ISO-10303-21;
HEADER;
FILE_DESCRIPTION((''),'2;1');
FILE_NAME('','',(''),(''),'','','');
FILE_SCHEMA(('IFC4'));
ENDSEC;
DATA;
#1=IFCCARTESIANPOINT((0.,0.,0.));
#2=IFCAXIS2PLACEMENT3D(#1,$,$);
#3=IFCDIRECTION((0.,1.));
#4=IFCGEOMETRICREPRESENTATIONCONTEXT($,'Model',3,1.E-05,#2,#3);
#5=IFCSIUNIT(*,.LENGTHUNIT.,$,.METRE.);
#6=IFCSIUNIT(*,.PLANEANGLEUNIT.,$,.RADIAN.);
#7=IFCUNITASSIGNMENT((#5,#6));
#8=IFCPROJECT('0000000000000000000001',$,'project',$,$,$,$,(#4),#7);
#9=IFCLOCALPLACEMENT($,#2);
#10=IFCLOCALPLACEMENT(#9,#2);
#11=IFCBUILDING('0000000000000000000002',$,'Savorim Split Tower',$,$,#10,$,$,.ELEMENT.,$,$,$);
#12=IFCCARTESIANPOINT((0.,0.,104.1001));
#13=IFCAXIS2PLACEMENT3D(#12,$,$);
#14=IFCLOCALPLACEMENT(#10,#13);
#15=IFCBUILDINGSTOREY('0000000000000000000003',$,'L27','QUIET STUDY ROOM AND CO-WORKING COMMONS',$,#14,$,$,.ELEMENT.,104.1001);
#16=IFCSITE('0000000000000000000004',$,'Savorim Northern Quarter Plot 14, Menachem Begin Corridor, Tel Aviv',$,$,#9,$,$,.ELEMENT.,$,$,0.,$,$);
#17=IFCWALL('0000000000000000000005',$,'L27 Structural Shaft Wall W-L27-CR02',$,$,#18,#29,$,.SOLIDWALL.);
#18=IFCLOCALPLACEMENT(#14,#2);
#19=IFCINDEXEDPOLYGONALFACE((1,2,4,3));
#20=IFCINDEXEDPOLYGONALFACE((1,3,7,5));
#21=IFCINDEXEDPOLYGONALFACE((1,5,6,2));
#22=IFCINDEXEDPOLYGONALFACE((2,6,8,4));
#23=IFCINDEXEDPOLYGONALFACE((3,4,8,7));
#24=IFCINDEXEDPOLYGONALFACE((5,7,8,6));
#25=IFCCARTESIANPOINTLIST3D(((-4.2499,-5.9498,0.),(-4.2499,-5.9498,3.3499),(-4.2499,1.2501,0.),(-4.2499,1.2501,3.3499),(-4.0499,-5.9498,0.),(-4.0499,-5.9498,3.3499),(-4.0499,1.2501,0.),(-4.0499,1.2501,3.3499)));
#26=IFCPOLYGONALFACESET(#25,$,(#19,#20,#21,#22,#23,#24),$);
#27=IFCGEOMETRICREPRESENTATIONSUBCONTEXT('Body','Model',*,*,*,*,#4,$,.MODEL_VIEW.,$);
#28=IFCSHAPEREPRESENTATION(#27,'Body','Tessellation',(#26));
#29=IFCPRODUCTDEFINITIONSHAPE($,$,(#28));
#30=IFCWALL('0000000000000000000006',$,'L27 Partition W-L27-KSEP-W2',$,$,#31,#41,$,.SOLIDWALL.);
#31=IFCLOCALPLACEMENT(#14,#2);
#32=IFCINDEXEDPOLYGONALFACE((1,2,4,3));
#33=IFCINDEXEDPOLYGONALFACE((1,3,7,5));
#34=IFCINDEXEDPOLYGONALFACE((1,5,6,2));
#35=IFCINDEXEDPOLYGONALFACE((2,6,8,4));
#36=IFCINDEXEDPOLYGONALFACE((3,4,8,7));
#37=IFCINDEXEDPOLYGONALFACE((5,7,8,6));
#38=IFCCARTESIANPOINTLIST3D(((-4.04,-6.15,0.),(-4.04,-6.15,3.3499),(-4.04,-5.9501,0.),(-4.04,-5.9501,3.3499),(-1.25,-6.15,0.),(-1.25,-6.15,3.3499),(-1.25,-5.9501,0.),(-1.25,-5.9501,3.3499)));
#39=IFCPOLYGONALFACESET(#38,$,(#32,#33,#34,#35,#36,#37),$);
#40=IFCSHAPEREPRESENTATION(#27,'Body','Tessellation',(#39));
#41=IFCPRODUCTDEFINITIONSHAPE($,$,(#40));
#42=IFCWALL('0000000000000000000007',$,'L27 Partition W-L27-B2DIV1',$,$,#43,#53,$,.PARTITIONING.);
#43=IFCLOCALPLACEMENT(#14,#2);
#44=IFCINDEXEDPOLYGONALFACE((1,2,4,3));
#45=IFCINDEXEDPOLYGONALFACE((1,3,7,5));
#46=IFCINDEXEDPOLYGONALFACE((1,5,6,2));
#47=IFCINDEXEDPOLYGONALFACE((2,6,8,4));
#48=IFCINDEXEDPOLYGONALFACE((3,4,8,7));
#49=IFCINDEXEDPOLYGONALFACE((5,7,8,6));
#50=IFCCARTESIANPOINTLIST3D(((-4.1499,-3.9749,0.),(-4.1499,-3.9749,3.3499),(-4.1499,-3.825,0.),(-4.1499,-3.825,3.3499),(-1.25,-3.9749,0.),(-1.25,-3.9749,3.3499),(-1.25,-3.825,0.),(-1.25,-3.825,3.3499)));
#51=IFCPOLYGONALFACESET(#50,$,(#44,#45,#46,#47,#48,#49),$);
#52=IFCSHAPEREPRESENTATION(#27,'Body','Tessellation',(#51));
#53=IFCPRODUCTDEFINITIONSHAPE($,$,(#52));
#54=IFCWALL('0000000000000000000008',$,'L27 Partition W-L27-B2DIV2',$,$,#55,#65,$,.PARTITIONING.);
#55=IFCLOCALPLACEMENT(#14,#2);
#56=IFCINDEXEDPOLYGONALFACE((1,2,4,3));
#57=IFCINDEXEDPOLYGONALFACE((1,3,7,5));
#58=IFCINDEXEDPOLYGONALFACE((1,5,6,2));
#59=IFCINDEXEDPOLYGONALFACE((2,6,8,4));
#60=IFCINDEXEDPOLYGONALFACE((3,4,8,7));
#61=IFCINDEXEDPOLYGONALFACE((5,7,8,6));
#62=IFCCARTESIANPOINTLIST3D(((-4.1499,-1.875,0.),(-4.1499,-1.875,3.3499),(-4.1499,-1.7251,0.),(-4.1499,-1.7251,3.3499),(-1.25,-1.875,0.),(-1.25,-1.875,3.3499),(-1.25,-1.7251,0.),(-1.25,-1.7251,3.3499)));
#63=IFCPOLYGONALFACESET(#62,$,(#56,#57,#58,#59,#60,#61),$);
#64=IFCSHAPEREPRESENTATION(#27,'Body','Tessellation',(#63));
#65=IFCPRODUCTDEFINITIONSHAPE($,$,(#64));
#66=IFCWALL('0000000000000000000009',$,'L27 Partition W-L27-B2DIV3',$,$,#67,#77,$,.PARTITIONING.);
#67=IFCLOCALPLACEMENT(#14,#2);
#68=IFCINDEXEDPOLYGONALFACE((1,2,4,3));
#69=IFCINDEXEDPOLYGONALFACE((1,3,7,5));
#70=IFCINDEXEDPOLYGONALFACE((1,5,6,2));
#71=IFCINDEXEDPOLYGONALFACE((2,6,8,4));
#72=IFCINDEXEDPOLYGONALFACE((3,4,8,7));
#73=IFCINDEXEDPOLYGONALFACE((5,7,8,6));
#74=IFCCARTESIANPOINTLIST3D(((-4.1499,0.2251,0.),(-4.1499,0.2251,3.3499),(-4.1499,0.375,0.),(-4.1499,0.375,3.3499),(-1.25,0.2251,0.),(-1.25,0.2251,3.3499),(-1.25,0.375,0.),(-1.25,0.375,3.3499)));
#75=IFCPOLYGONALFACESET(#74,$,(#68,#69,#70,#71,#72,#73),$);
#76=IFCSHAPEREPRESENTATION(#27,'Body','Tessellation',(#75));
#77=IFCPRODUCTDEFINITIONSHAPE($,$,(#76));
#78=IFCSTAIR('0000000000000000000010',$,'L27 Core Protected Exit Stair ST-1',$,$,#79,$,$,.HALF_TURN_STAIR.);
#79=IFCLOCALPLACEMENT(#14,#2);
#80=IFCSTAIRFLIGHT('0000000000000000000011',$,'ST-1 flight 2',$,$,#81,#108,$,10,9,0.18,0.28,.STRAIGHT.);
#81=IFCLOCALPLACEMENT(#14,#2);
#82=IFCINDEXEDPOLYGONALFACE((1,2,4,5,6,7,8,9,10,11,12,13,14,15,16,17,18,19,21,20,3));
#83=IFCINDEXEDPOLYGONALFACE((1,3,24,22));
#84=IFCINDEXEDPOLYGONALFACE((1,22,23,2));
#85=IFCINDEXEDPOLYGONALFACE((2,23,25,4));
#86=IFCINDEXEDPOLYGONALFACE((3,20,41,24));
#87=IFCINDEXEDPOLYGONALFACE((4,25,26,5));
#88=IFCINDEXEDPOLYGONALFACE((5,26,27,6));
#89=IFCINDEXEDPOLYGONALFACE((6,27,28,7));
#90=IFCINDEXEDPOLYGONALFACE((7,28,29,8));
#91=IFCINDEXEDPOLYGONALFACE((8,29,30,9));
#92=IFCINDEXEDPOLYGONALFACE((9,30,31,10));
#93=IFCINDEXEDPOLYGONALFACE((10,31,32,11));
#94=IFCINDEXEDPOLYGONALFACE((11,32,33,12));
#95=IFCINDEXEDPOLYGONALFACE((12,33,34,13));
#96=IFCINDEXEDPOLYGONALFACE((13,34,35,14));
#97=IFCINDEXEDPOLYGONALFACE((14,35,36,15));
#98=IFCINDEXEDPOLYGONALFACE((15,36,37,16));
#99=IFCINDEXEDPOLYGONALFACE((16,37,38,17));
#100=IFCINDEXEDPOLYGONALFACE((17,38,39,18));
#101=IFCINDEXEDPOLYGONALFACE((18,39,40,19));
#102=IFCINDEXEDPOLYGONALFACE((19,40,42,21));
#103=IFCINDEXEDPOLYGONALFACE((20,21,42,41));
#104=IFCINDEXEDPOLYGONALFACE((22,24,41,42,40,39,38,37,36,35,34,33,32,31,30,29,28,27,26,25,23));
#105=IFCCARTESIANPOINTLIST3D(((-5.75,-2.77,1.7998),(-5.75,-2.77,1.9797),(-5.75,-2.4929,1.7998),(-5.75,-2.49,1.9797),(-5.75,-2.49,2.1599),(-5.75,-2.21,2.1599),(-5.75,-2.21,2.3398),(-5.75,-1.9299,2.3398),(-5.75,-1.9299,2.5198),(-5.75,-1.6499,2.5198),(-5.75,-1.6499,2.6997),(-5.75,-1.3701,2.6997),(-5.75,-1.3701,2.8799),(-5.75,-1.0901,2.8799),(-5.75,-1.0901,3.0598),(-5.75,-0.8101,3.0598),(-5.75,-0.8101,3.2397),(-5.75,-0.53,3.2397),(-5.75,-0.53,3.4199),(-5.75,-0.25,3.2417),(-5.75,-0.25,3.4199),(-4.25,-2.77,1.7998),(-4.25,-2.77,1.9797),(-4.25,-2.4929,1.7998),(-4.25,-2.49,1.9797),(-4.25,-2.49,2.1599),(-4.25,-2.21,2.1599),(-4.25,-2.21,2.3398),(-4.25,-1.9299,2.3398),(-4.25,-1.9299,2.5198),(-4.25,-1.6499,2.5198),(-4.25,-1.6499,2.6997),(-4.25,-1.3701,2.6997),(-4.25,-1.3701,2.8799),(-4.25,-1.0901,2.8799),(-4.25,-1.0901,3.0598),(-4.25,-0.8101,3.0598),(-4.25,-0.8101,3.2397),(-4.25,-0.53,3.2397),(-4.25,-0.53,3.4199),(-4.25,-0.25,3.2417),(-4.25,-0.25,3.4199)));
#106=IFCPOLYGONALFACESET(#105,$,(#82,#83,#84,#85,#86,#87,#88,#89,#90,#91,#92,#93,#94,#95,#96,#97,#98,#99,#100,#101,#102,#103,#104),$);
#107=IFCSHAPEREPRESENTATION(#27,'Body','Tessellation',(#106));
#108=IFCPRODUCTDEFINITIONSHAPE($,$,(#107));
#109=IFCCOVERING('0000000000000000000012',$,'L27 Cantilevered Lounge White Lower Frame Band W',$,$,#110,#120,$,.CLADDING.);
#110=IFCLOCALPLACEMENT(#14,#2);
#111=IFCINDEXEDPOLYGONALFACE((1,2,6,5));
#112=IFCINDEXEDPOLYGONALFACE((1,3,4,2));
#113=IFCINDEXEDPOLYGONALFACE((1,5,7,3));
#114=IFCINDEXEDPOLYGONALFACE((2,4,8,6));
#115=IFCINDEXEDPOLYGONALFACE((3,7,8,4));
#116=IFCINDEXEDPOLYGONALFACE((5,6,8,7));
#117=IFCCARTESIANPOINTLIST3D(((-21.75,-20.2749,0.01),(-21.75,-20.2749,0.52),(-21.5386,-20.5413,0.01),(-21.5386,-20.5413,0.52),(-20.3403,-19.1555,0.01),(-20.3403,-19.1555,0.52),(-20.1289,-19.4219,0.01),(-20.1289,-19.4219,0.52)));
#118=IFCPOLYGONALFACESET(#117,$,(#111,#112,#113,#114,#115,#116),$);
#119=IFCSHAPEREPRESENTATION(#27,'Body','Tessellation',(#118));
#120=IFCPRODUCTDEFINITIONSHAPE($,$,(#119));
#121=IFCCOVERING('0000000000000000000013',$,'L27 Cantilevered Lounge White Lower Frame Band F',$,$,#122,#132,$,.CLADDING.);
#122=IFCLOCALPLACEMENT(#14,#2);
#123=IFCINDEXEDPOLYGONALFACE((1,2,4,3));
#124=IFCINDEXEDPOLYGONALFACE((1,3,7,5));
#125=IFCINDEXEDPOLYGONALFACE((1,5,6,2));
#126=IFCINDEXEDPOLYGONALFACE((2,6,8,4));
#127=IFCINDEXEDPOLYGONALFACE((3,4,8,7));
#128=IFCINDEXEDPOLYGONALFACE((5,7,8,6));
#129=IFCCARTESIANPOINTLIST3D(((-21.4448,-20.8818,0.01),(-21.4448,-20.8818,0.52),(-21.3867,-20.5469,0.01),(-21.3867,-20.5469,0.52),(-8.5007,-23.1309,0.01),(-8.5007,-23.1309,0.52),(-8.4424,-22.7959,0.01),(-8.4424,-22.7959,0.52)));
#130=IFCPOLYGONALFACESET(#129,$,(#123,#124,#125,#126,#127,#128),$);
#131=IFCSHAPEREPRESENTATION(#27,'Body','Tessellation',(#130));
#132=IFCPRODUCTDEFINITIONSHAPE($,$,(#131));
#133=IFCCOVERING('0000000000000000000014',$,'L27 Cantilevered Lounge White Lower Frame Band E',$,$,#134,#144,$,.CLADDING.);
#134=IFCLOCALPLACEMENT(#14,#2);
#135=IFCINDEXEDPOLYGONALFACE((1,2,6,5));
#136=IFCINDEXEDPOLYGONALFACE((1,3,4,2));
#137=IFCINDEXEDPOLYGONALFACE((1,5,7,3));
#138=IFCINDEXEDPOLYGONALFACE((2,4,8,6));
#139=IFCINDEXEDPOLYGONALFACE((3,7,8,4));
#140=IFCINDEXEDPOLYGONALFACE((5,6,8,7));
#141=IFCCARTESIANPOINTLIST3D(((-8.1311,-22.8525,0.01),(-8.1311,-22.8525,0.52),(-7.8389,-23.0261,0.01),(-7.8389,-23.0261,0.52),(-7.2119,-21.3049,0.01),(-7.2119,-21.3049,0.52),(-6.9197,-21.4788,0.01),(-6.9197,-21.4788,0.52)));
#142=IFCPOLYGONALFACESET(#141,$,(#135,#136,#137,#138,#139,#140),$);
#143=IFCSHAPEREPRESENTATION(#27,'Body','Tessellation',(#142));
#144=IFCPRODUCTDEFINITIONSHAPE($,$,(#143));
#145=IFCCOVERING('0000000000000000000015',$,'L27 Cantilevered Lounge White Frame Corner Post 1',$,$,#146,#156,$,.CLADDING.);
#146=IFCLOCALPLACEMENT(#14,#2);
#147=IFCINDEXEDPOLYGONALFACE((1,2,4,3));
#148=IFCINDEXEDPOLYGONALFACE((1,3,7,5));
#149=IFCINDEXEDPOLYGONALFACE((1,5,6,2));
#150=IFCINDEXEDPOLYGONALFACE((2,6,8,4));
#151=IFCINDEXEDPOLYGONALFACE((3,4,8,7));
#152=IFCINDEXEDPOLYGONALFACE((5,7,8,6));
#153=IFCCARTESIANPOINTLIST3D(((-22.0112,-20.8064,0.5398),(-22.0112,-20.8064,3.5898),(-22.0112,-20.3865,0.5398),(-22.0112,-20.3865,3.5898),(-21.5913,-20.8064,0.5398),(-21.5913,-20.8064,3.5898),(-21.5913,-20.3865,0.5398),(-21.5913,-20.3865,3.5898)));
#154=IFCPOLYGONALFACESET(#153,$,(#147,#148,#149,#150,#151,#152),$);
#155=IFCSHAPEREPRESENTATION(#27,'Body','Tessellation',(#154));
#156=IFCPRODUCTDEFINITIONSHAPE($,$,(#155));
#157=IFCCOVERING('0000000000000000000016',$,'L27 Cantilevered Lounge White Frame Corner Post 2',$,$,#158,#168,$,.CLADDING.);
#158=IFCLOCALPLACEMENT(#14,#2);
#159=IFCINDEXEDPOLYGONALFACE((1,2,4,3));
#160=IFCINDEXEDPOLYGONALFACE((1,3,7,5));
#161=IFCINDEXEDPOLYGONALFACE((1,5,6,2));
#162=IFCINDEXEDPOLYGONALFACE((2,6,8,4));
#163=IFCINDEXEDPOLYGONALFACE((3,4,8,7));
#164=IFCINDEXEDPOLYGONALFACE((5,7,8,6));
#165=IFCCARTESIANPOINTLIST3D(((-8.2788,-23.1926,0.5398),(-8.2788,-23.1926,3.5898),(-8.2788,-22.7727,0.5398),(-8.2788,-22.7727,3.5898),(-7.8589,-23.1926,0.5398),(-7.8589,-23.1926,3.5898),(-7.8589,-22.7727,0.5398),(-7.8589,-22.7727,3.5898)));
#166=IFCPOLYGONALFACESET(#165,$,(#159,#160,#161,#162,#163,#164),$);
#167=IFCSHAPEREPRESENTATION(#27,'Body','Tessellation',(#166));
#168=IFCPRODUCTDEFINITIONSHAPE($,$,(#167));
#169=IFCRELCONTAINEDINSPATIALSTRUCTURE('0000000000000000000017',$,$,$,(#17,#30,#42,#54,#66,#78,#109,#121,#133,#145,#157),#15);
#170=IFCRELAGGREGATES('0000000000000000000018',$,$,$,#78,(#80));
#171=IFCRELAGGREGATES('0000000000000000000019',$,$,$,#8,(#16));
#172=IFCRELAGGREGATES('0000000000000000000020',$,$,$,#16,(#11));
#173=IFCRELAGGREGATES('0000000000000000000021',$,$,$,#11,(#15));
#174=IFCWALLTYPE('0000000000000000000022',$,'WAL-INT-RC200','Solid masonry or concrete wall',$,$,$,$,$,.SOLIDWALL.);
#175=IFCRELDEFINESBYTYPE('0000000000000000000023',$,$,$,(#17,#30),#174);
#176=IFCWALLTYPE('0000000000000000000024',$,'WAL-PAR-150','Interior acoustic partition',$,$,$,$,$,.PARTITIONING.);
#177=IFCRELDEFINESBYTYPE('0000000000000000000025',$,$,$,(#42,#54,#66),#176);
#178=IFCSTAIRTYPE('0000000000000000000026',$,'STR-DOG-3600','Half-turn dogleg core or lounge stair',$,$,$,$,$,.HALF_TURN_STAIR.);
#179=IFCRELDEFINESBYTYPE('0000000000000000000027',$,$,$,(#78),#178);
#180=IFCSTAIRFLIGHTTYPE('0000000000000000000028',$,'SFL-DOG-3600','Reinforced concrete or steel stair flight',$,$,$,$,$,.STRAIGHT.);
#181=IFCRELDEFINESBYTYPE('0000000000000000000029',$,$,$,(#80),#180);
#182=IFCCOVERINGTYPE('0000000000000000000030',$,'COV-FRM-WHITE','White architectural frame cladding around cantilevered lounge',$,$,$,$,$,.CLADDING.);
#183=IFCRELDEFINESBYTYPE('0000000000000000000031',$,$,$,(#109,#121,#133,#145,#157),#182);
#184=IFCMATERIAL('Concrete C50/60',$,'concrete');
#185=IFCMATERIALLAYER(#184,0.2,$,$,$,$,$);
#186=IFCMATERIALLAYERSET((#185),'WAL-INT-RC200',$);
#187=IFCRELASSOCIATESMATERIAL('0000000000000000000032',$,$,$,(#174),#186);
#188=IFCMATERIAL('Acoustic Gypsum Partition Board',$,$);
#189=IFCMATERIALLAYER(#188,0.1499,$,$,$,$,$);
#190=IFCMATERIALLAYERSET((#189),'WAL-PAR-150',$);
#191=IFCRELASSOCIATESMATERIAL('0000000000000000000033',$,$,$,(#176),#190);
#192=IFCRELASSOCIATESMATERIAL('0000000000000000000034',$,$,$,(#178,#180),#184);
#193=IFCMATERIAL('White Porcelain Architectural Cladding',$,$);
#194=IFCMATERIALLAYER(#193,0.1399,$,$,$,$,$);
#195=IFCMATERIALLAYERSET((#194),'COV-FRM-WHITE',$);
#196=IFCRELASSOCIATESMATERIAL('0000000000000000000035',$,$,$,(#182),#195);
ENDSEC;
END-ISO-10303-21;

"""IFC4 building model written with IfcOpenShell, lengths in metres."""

from ifc_helpers import new_model, si_unit, direction, frame, frame_2d, origin, place, context, subcontext, project, spatial, polyline, rectangle, outline, extrude, material, layer, layer_set, type_object, element, aggregate, save


model = new_model("IFC4")

# Units and contexts
model_context = context("Model", 3, precision=1e-05, world=origin(), true_north=direction((0.0, 1.0)))
body_context = subcontext(model_context, "Body", "Model", "MODEL_VIEW")
ifc_project = project(units=[si_unit("LENGTHUNIT", "METRE"), si_unit("PLANEANGLEUNIT", "RADIAN")], contexts=[model_context])

# Site, building, storey
site_placement = place(None, origin())
site = spatial("IfcSite", under=ifc_project, at=site_placement, Name="Savorim Northern Quarter Plot 14, Menachem Begin Corridor, Tel Aviv", CompositionType="ELEMENT", RefElevation=0.0)
building_placement = place(site_placement, origin())
building = spatial("IfcBuilding", under=site, at=building_placement, Name="Savorim Split Tower", CompositionType="ELEMENT")
storey_placement = place(building_placement, frame((0.0, 0.0, 104.1001)))
storey = spatial("IfcBuildingStorey", under=building, at=storey_placement, Name="L27", Description="QUIET STUDY ROOM AND CO-WORKING COMMONS", CompositionType="ELEMENT", Elevation=104.1001)

# Shared definitions
ifc_material_1 = material(Name="Concrete C50/60", Category="concrete")

# Wall
ifc_layer_1 = layer(ifc_material_1, 0.2)
ifc_layer_set_1 = layer_set([ifc_layer_1], Name="WAL-INT-RC200")
wall_type_1 = type_object("IfcWallType", Name="WAL-INT-RC200", Description="Solid masonry or concrete wall", PredefinedType="SOLIDWALL", material=ifc_layer_set_1)
wall_1_placement = place(storey_placement, frame((-4.1499, -5.95, 0.0), z_axis=(0.0, 0.0, 1.0), x_axis=(0.0, 1.0, 0.0)))
element("IfcWall", 1, at=wall_1_placement, inside=storey, type_object=wall_type_1, Name="L27 Structural Shaft Wall W-L27-CR02", PredefinedType="SOLIDWALL", context=body_context, shape_type="SweptSolid", body=[
    extrude(rectangle(XDim=7.2, YDim=0.2, at=frame_2d((3.6001, 0.0))), origin(), (0.0, 0.0, 1.0), 3.3499),
])

# Walls
wall_2_placement = place(storey_placement, frame((-4.04, -6.05, 0.0), z_axis=(0.0, 0.0, 1.0), x_axis=(1.0, 0.0, 0.0)))
element("IfcWall", 2, at=wall_2_placement, inside=storey, type_object=wall_type_1, Name="L27 Partition W-L27-KSEP-W2", PredefinedType="SOLIDWALL", context=body_context, shape_type="SweptSolid", body=[
    extrude(rectangle(XDim=2.79, YDim=0.2, at=frame_2d((1.395, 0.0))), origin(), (0.0, 0.0, 1.0), 3.3499),
])
ifc_material_2 = material(Name="Acoustic Gypsum Partition Board")
ifc_layer_2 = layer(ifc_material_2, 0.1499)
ifc_layer_set_2 = layer_set([ifc_layer_2], Name="WAL-PAR-150")
wall_type_2 = type_object("IfcWallType", Name="WAL-PAR-150", Description="Interior acoustic partition", PredefinedType="PARTITIONING", material=ifc_layer_set_2)
for number, where, z_axis, x_axis, name in (
    (3, (-4.1499, -3.8999, 0.0), (0.0, 0.0, 1.0), (1.0, 0.0, 0.0), "L27 Partition W-L27-B2DIV1"),
    (4, (-4.1499, -1.8, 0.0), (0.0, 0.0, 1.0), (1.0, 0.0, 0.0), "L27 Partition W-L27-B2DIV2"),
    (5, (-4.1499, 0.3, 0.0), (0.0, 0.0, 1.0), (1.0, 0.0, 0.0), "L27 Partition W-L27-B2DIV3"),
):
    element("IfcWall", number, at=place(storey_placement, frame(where, z_axis=z_axis, x_axis=x_axis)), inside=storey, type_object=wall_type_2, Name=name, PredefinedType="PARTITIONING", context=body_context, shape_type="SweptSolid", body=[
        extrude(rectangle(XDim=2.8999, YDim=0.1499, at=frame_2d((1.45, 0.0))), origin(), (0.0, 0.0, 1.0), 3.3499),
    ])

# Stair, stair flight
stair_type = type_object("IfcStairType", Name="STR-DOG-3600", Description="Half-turn dogleg core or lounge stair", PredefinedType="HALF_TURN_STAIR", material=ifc_material_1)
stair_placement = place(storey_placement, origin())
stair = element("IfcStair", 6, at=stair_placement, inside=storey, type_object=stair_type, Name="L27 Core Protected Exit Stair ST-1", PredefinedType="HALF_TURN_STAIR")
stair_flight_type = type_object("IfcStairFlightType", Name="SFL-DOG-3600", Description="Reinforced concrete or steel stair flight", PredefinedType="STRAIGHT", material=ifc_material_1)
stair_flight_placement = place(storey_placement, frame((-5.0, -2.77, 1.7998), z_axis=(0.0, 0.0, 1.0), x_axis=(0.0, 1.0, 0.0)))
stair_flight = element("IfcStairFlight", 7, at=stair_flight_placement, type_object=stair_flight_type, Name="ST-1 flight 2", NumberOfRisers=10, NumberOfTreads=9, PredefinedType="STRAIGHT", RiserHeight=0.18, TreadLength=0.28, context=body_context, shape_type="SweptSolid", body=[
    extrude(outline(polyline([(0.0, 0.0), (0.0, 0.1799), (0.28, 0.1799), (0.28, 0.3601), (0.5601, 0.3601), (0.5601, 0.54), (0.8401, 0.54), (0.8401, 0.72), (1.1201, 0.72), (1.1201, 0.8999), (1.3999, 0.8999), (1.3999, 1.0801), (1.6799, 1.0801), (1.6799, 1.26), (1.96, 1.26), (1.96, 1.4399), (2.24, 1.4399), (2.24, 1.6201), (2.52, 1.6201), (2.52, 1.8), (2.52, 1.4419), (0.2771, 0.0), (0.0, 0.0)])), frame((0.0, 0.75, 0.0), z_axis=(0.0, -1.0, 0.0), x_axis=(1.0, 0.0, 0.0)), (0.0, 0.0, 1.0), 1.5),
])
aggregate(stair, [stair_flight])

# Coverings
ifc_material_3 = material(Name="White Porcelain Architectural Cladding")
ifc_layer_3 = layer(ifc_material_3, 0.1399)
ifc_layer_set_3 = layer_set([ifc_layer_3], Name="COV-FRM-WHITE")
covering_type = type_object("IfcCoveringType", Name="COV-FRM-WHITE", Description="White architectural frame cladding around cantilevered lounge", PredefinedType="CLADDING", material=ifc_layer_set_3)
covering_1_placement = place(storey_placement, frame((0.0, 0.0, 0.01)))
element("IfcCovering", 8, at=covering_1_placement, inside=storey, type_object=covering_type, Name="L27 Cantilevered Lounge White Lower Frame Band W", PredefinedType="CLADDING", context=body_context, shape_type="SweptSolid", body=[
    extrude(outline(polyline([(-20.3403, -19.1555), (-21.75, -20.2749), (-21.5386, -20.5413), (-20.1289, -19.4219), (-20.3403, -19.1555)])), origin(), (0.0, 0.0, 1.0), 0.51),
])
covering_2_placement = place(storey_placement, frame((0.0, 0.0, 0.01)))
element("IfcCovering", 9, at=covering_2_placement, inside=storey, type_object=covering_type, Name="L27 Cantilevered Lounge White Lower Frame Band F", PredefinedType="CLADDING", context=body_context, shape_type="SweptSolid", body=[
    extrude(outline(polyline([(-21.4448, -20.8818), (-8.5007, -23.1309), (-8.4424, -22.7959), (-21.3867, -20.5469), (-21.4448, -20.8818)])), origin(), (0.0, 0.0, 1.0), 0.51),
])
covering_3_placement = place(storey_placement, frame((0.0, 0.0, 0.01)))
element("IfcCovering", 10, at=covering_3_placement, inside=storey, type_object=covering_type, Name="L27 Cantilevered Lounge White Lower Frame Band E", PredefinedType="CLADDING", context=body_context, shape_type="SweptSolid", body=[
    extrude(outline(polyline([(-7.8389, -23.0261), (-6.9197, -21.4788), (-7.2119, -21.3049), (-8.1311, -22.8525), (-7.8389, -23.0261)])), origin(), (0.0, 0.0, 1.0), 0.51),
])
covering_4_placement = place(storey_placement, frame((0.0, 0.0, 0.5398)))
element("IfcCovering", 11, at=covering_4_placement, inside=storey, type_object=covering_type, Name="L27 Cantilevered Lounge White Frame Corner Post 1", PredefinedType="CLADDING", context=body_context, shape_type="SweptSolid", body=[
    extrude(outline(polyline([(-22.0112, -20.8064), (-21.5913, -20.8064), (-21.5913, -20.3865), (-22.0112, -20.3865), (-22.0112, -20.8064)])), origin(), (0.0, 0.0, 1.0), 3.05),
])
covering_5_placement = place(storey_placement, frame((0.0, 0.0, 0.5398)))
element("IfcCovering", 12, at=covering_5_placement, inside=storey, type_object=covering_type, Name="L27 Cantilevered Lounge White Frame Corner Post 2", PredefinedType="CLADDING", context=body_context, shape_type="SweptSolid", body=[
    extrude(outline(polyline([(-8.2788, -23.1926), (-7.8589, -23.1926), (-7.8589, -22.7727), (-8.2788, -22.7727), (-8.2788, -23.1926)])), origin(), (0.0, 0.0, 1.0), 3.05),
])

save(model, "model.ifc")
